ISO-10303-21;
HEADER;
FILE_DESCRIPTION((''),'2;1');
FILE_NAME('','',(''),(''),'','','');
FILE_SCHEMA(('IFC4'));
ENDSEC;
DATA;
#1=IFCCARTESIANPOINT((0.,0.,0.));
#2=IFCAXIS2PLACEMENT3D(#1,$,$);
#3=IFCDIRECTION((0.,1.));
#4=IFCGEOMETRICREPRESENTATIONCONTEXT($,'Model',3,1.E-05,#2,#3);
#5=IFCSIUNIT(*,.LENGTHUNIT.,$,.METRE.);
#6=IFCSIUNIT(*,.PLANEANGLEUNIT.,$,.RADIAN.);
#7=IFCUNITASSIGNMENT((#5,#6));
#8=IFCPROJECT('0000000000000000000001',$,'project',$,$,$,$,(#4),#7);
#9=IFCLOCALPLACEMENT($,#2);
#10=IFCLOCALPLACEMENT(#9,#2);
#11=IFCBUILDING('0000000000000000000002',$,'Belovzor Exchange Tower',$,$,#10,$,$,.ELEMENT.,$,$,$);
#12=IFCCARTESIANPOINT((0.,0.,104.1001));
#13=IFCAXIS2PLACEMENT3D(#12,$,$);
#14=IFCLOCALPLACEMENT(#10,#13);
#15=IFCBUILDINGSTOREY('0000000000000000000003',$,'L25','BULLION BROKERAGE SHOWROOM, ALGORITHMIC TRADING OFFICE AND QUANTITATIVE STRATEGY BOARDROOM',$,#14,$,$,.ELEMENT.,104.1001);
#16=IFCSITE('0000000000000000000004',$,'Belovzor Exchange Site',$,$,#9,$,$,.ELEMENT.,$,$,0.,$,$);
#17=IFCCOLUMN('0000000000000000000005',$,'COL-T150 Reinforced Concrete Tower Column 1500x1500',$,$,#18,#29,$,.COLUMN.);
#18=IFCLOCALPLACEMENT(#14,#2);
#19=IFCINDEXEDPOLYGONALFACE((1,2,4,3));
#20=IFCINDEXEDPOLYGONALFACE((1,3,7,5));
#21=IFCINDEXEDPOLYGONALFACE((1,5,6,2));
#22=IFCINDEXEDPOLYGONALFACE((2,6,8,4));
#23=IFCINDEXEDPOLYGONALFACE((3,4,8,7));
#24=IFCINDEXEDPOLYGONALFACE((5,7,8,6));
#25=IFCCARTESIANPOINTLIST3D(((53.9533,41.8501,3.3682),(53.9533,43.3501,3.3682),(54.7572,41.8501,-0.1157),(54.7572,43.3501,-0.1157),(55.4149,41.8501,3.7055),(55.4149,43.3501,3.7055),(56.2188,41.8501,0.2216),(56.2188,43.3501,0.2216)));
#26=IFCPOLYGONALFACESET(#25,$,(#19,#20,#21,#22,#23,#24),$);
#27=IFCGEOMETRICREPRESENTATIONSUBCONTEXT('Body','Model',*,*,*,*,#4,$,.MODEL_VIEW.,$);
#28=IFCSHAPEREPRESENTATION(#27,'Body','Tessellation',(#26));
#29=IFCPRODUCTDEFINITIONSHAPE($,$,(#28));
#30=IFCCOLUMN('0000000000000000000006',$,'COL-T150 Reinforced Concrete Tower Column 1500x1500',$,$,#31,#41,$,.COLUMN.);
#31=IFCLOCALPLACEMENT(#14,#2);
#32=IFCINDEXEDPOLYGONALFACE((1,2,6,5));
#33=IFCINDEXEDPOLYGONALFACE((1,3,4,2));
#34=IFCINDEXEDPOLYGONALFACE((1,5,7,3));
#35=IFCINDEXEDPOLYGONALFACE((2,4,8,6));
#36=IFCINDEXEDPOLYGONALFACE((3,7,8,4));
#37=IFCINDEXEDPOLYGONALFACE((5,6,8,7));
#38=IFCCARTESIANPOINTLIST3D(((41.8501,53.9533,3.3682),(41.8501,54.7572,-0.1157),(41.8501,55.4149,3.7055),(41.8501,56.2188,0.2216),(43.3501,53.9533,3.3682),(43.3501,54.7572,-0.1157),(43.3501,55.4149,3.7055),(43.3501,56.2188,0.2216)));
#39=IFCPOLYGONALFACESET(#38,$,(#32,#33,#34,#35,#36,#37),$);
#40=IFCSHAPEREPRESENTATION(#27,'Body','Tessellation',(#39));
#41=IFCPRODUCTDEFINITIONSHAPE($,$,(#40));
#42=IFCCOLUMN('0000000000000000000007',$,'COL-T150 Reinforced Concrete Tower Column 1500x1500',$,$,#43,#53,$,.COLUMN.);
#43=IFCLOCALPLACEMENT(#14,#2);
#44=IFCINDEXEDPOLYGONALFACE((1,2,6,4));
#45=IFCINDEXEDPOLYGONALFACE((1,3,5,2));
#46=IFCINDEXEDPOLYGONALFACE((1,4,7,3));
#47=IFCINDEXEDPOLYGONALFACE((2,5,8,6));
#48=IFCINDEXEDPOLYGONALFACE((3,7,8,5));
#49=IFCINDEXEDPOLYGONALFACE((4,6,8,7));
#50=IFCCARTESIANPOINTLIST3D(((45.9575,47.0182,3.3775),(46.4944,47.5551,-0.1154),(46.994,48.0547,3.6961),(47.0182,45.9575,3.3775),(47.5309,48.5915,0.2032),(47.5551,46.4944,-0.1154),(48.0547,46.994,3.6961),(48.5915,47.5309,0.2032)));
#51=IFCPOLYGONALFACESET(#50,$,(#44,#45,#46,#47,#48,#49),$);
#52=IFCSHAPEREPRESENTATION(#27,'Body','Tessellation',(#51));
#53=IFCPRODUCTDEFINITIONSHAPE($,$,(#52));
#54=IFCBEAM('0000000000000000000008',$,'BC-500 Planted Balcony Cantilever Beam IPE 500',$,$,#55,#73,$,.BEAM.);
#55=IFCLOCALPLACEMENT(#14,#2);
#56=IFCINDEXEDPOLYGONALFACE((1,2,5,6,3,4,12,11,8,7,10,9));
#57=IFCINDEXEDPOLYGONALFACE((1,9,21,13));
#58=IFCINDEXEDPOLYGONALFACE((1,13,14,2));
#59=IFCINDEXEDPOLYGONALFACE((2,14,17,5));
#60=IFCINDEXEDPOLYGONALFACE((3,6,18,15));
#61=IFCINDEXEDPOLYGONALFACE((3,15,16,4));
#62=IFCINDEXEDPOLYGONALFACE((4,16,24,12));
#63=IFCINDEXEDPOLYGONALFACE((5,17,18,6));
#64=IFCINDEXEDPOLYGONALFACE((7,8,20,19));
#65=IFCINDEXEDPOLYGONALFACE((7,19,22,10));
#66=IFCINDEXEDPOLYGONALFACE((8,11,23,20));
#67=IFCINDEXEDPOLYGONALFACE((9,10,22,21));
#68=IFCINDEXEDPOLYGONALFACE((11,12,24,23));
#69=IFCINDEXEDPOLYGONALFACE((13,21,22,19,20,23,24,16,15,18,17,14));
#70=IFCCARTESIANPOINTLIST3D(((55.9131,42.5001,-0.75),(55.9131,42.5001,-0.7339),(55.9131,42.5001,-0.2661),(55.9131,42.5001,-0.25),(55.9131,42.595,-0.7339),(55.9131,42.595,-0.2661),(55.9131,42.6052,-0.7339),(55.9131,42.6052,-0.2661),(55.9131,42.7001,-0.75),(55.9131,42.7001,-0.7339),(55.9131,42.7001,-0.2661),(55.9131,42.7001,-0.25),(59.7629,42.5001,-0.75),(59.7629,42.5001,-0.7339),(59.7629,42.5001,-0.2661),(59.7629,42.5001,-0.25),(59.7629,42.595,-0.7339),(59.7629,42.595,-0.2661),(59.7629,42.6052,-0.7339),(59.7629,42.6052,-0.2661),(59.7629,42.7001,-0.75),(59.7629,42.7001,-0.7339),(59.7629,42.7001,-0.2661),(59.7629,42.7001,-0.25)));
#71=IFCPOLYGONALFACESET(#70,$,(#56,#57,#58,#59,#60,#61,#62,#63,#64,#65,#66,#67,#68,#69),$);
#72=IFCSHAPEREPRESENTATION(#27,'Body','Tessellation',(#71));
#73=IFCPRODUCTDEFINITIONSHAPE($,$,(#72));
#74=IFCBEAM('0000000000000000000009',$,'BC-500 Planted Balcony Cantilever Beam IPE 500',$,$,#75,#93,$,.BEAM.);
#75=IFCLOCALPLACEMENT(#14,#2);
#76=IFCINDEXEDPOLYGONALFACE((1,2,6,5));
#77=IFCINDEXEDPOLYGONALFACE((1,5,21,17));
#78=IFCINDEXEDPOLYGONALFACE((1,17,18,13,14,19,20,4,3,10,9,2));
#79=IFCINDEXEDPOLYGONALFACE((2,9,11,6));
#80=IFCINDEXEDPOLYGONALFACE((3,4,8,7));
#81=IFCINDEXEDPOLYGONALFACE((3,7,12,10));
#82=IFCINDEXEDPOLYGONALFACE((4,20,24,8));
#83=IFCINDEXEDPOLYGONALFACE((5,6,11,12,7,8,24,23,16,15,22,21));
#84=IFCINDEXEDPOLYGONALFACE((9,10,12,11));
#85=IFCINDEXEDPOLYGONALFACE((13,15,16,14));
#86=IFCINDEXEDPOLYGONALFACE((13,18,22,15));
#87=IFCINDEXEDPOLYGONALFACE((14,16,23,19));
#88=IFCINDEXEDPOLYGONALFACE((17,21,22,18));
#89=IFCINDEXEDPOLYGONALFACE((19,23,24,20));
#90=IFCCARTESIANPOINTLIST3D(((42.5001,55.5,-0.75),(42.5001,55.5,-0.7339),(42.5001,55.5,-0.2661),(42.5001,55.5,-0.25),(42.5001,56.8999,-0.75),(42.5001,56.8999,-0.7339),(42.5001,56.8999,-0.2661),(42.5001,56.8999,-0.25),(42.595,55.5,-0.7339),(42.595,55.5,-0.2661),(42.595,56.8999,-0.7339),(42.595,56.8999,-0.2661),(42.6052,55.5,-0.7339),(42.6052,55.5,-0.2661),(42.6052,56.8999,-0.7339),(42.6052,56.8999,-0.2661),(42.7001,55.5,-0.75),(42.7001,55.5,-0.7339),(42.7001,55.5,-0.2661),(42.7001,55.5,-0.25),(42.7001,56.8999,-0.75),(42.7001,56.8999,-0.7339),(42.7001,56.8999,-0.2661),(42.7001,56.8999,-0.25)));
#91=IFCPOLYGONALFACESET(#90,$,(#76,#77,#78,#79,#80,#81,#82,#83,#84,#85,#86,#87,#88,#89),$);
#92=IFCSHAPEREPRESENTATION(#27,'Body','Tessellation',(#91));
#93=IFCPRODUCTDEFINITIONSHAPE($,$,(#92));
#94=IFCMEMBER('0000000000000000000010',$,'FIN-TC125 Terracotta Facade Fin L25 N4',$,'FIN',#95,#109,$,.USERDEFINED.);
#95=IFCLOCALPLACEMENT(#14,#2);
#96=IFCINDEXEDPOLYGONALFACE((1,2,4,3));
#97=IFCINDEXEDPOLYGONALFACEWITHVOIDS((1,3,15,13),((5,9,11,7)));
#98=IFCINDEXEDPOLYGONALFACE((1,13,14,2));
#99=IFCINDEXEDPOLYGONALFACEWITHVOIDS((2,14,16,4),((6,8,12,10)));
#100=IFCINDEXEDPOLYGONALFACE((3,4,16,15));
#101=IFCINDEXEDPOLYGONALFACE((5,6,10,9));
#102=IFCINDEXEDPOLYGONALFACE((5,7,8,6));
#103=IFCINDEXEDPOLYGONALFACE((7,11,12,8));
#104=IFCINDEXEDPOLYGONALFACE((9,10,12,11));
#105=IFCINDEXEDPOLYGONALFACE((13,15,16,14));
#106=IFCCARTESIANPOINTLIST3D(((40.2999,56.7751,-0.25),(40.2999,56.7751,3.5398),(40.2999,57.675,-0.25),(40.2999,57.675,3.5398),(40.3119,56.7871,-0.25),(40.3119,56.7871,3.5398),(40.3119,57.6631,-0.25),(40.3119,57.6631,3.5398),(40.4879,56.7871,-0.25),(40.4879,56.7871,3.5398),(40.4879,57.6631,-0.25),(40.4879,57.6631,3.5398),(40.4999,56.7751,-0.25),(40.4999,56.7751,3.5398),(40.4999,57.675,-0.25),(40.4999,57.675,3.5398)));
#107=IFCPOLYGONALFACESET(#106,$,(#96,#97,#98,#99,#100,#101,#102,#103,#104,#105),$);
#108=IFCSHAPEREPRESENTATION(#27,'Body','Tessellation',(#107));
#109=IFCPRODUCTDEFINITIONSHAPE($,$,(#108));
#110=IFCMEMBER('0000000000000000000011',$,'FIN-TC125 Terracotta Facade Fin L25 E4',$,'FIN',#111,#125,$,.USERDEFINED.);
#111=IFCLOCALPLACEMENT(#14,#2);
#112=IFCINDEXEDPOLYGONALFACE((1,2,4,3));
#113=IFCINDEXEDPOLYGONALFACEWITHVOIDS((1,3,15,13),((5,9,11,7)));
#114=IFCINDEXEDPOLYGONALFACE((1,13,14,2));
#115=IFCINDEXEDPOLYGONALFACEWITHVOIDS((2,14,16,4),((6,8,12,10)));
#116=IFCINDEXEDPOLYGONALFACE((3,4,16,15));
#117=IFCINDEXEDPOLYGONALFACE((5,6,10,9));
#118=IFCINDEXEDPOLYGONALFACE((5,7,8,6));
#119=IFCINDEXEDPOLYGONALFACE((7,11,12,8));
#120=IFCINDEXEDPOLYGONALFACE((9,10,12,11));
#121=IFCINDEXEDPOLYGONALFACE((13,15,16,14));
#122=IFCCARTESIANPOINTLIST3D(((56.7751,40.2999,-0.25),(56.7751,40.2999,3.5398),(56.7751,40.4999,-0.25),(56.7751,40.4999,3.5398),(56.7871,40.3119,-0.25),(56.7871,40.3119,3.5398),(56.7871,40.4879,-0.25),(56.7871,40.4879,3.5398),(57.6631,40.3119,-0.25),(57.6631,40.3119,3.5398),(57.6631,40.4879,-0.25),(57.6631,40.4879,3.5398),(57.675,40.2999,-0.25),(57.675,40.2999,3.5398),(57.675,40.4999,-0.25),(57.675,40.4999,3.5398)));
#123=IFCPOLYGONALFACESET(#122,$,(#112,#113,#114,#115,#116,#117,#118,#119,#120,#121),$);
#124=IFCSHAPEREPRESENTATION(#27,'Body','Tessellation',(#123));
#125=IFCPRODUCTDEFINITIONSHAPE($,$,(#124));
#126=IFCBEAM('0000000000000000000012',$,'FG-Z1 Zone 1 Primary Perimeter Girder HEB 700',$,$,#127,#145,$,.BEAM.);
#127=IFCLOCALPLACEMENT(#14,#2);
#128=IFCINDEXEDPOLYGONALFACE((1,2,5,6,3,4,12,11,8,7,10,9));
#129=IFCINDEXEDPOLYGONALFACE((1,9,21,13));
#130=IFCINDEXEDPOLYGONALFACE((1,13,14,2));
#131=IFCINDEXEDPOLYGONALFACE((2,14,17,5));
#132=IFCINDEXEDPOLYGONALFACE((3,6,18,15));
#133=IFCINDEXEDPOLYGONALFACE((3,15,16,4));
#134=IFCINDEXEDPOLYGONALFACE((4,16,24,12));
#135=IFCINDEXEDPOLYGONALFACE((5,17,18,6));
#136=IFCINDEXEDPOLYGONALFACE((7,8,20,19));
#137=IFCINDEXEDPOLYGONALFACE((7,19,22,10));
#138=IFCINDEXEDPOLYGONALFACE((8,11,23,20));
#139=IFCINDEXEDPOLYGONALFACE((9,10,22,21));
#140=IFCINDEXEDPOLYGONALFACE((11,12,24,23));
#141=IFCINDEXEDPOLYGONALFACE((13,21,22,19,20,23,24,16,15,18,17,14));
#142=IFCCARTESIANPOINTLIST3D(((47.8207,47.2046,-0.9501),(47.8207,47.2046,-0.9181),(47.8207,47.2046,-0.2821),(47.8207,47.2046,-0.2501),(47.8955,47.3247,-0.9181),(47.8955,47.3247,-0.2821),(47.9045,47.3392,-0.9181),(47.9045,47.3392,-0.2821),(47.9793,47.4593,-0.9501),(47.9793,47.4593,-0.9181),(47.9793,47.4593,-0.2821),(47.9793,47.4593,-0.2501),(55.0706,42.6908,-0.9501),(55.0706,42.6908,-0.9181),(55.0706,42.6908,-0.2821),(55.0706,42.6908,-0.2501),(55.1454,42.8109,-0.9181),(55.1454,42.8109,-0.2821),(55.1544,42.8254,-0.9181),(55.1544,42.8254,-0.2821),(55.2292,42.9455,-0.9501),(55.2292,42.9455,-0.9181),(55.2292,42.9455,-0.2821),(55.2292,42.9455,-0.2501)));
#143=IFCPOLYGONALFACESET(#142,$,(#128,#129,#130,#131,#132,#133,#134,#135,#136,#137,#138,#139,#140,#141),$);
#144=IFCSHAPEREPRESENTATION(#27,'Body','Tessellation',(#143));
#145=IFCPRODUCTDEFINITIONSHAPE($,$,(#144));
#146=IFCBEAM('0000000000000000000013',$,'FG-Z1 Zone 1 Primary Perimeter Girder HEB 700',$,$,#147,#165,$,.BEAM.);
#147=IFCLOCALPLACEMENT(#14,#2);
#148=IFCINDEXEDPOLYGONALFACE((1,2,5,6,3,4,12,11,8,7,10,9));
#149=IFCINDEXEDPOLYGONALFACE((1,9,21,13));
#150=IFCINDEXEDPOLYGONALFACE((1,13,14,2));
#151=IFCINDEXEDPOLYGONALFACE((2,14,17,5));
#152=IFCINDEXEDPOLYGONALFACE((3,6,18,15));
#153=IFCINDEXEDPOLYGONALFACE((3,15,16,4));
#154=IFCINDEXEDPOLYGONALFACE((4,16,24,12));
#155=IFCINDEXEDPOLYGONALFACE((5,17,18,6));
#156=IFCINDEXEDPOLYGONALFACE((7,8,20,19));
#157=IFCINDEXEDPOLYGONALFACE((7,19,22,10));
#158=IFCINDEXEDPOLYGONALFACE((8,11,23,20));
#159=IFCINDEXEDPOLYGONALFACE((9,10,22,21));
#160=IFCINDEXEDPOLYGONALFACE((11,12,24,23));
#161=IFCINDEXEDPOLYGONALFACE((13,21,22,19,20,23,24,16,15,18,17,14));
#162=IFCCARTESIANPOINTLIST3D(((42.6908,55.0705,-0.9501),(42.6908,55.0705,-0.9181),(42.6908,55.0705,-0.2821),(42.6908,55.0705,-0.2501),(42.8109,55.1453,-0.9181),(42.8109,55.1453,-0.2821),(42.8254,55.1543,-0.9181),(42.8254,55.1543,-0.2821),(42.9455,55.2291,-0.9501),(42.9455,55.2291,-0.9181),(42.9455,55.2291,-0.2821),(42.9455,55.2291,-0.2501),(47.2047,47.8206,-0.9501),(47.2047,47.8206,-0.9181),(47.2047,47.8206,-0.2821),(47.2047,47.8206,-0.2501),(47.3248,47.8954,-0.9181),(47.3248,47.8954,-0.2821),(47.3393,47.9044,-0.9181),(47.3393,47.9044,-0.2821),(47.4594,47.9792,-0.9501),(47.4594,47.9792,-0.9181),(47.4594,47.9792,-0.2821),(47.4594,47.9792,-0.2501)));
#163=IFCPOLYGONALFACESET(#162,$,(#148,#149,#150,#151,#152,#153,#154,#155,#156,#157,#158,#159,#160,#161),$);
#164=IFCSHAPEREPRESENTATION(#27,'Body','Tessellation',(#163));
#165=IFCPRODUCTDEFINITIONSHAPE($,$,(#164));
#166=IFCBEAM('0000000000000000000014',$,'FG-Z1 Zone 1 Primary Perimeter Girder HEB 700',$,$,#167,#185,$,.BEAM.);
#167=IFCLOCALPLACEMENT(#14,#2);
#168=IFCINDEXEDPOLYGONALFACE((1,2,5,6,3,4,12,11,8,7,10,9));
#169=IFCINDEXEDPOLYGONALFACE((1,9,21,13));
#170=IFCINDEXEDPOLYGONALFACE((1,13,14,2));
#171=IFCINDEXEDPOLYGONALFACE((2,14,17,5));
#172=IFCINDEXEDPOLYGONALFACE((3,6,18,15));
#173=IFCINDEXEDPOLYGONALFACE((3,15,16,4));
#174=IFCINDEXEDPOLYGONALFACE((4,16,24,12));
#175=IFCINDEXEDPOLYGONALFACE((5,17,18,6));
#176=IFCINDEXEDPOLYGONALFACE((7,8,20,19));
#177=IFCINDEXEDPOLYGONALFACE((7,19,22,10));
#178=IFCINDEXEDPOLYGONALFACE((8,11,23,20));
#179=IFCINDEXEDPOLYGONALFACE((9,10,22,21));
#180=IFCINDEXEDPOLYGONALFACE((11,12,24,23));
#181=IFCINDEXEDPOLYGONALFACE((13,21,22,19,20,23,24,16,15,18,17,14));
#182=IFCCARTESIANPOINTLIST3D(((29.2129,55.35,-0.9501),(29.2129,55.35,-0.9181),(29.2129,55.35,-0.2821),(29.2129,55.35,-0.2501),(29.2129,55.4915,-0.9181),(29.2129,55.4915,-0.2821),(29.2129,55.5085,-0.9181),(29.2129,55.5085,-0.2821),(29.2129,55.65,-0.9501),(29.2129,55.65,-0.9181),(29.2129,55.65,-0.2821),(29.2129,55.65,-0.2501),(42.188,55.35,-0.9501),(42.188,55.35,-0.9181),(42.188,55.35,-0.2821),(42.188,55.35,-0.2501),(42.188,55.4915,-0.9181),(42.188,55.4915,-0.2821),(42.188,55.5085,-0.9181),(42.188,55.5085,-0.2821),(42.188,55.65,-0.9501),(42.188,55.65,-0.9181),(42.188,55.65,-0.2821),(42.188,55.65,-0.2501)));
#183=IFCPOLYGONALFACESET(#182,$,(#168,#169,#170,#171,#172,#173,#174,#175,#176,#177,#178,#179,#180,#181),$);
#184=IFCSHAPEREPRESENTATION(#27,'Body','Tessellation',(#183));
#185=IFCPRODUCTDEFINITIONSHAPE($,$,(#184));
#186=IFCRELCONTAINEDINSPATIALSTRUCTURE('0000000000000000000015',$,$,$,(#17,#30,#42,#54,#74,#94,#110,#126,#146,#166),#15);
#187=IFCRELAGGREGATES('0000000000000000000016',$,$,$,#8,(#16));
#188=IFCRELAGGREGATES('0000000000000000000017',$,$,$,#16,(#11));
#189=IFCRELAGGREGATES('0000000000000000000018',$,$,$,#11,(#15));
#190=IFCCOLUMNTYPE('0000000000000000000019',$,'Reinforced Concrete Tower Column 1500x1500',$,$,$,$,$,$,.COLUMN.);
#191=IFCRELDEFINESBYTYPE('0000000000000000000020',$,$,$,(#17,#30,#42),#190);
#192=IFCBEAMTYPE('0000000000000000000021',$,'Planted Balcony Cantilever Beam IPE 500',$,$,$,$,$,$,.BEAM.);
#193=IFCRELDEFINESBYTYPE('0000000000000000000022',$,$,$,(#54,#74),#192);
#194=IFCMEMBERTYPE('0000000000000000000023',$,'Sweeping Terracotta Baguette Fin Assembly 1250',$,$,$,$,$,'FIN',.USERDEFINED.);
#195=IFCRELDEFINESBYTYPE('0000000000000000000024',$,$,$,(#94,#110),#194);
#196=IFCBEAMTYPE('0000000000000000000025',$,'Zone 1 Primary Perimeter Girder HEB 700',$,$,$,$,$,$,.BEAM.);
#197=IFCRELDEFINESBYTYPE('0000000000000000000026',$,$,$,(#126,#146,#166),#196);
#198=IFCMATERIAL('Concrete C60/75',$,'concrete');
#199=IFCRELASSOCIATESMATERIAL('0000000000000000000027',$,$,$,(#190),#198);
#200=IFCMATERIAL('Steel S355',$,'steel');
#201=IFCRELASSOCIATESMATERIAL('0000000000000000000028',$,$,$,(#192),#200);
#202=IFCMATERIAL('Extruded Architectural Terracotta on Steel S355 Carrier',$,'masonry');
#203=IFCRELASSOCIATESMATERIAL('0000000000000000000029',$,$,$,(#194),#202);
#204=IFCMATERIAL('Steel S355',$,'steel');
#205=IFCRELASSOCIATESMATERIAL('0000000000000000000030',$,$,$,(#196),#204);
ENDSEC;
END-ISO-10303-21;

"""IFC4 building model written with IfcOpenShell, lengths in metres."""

from ifc_helpers import new_model, si_unit, direction, frame, origin, origin_2d, place, context, subcontext, project, spatial, rectangle, hollow_rectangle, i_section, extrude, material, material_profile, profile_set, type_object, element, save


model = new_model("IFC4")

# Units and contexts
model_context = context("Model", 3, precision=1e-05, world=origin(), true_north=direction((0.0, 1.0)))
body_context = subcontext(model_context, "Body", "Model", "MODEL_VIEW")
ifc_project = project(units=[si_unit("LENGTHUNIT", "METRE"), si_unit("PLANEANGLEUNIT", "RADIAN")], contexts=[model_context])

# Site, building, storey
site_placement = place(None, origin())
site = spatial("IfcSite", under=ifc_project, at=site_placement, Name="Belovzor Exchange Site", CompositionType="ELEMENT", RefElevation=0.0)
building_placement = place(site_placement, origin())
building = spatial("IfcBuilding", under=site, at=building_placement, Name="Belovzor Exchange Tower", CompositionType="ELEMENT")
storey_placement = place(building_placement, frame((0.0, 0.0, 104.1001)))
storey = spatial("IfcBuildingStorey", under=building, at=storey_placement, Name="L25", Description="BULLION BROKERAGE SHOWROOM, ALGORITHMIC TRADING OFFICE AND QUANTITATIVE STRATEGY BOARDROOM", CompositionType="ELEMENT", Elevation=104.1001)

# Columns
ifc_material_1 = material(Name="Concrete C60/75", Category="concrete")
ifc_material_profile_1 = material_profile(ifc_material_1, rectangle(XDim=1.5, YDim=1.5, at=origin_2d()))
ifc_profile_set_1 = profile_set([ifc_material_profile_1], Name="Concrete C60/75")
column_type = type_object("IfcColumnType", Name="Reinforced Concrete Tower Column 1500x1500", PredefinedType="COLUMN", material=ifc_profile_set_1)
for number, where, z_axis, x_axis, name in (
    (1, (55.488, 42.6001, 0.053), (-0.224855, 0.0, 0.974392), (0.0, -1.0, 0.0), "COL-T150 Reinforced Concrete Tower Column 1500x1500"),
    (2, (42.6001, 55.488, 0.053), (0.0, -0.224855, 0.974392), (1.0, 0.0, 0.0), "COL-T150 Reinforced Concrete Tower Column 1500x1500"),
):
    element("IfcColumn", number, at=place(storey_placement, frame(where, z_axis=z_axis, x_axis=x_axis)), inside=storey, type_object=column_type, Name=name, PredefinedType="COLUMN", context=body_context, shape_type="SweptSolid", body=[
        extrude(rectangle(XDim=1.5, YDim=1.5, at=origin_2d()), origin(), (0.0, 0.0, 1.0), 3.5754),
    ])
column_placement = place(storey_placement, frame((47.543, 47.543, 0.0439), z_axis=(-0.150194, -0.150194, 0.977181), x_axis=(0.707107, -0.707107, 0.0)))
element("IfcColumn", 3, at=column_placement, inside=storey, type_object=column_type, Name="COL-T150 Reinforced Concrete Tower Column 1500x1500", PredefinedType="COLUMN", context=body_context, shape_type="SweptSolid", body=[
    extrude(rectangle(XDim=1.5, YDim=1.5, at=origin_2d()), origin(), (0.0, 0.0, 1.0), 3.5745),
])

# Beams
ifc_material_2 = material(Name="Steel S355", Category="steel")
ifc_material_profile_2 = material_profile(ifc_material_2, i_section(OverallWidth=0.2, OverallDepth=0.5, WebThickness=0.0103, FlangeThickness=0.0161, at=origin_2d()))
ifc_profile_set_2 = profile_set([ifc_material_profile_2], Name="Steel S355")
beam_type_1 = type_object("IfcBeamType", Name="Planted Balcony Cantilever Beam IPE 500", PredefinedType="BEAM", material=ifc_profile_set_2)
beam_1_placement = place(storey_placement, frame((55.9131, 42.6001, -0.5), z_axis=(1.0, 0.0, 0.0), x_axis=(0.0, 1.0, 0.0)))
element("IfcBeam", 4, at=beam_1_placement, inside=storey, type_object=beam_type_1, Name="BC-500 Planted Balcony Cantilever Beam IPE 500", PredefinedType="BEAM", context=body_context, shape_type="SweptSolid", body=[
    extrude(i_section(OverallWidth=0.2, OverallDepth=0.5, WebThickness=0.0103, FlangeThickness=0.0161, at=origin_2d()), origin(), (0.0, 0.0, 1.0), 3.8499),
])
beam_2_placement = place(storey_placement, frame((42.6001, 55.5, -0.5), z_axis=(0.0, 1.0, 0.0), x_axis=(-1.0, 0.0, 0.0)))
element("IfcBeam", 5, at=beam_2_placement, inside=storey, type_object=beam_type_1, Name="BC-500 Planted Balcony Cantilever Beam IPE 500", PredefinedType="BEAM", context=body_context, shape_type="SweptSolid", body=[
    extrude(i_section(OverallWidth=0.2, OverallDepth=0.5, WebThickness=0.0103, FlangeThickness=0.0161, at=origin_2d()), origin(), (0.0, 0.0, 1.0), 1.3999),
])

# Members
ifc_material_3 = material(Name="Extruded Architectural Terracotta on Steel S355 Carrier", Category="masonry")
ifc_material_profile_3 = material_profile(ifc_material_3, hollow_rectangle(XDim=0.2, YDim=0.8999, WallThickness=0.012, at=origin_2d()))
ifc_profile_set_3 = profile_set([ifc_material_profile_3], Name="Extruded Architectural Terracotta on Steel S355 Carrier")
member_type = type_object("IfcMemberType", Name="Sweeping Terracotta Baguette Fin Assembly 1250", ElementType="FIN", PredefinedType="USERDEFINED", material=ifc_profile_set_3)
for number, where, z_axis, x_axis, name in (
    (6, (40.3999, 57.2251, -0.25), (0.0, 0.0, 1.0), (1.0, 0.0, 0.0), "FIN-TC125 Terracotta Facade Fin L25 N4"),
    (7, (57.2251, 40.3999, -0.25), (0.0, 0.0, 1.0), (0.0, 1.0, 0.0), "FIN-TC125 Terracotta Facade Fin L25 E4"),
):
    element("IfcMember", number, at=place(storey_placement, frame(where, z_axis=z_axis, x_axis=x_axis)), inside=storey, type_object=member_type, Name=name, ObjectType="FIN", PredefinedType="USERDEFINED", context=body_context, shape_type="SweptSolid", body=[
        extrude(hollow_rectangle(XDim=0.2, YDim=0.8999, WallThickness=0.012, at=origin_2d()), origin(), (0.0, 0.0, 1.0), 3.7898),
    ])

# Beams
ifc_material_4 = material(Name="Steel S355", Category="steel")
ifc_material_profile_4 = material_profile(ifc_material_4, i_section(OverallWidth=0.3, OverallDepth=0.7, WebThickness=0.0171, FlangeThickness=0.032, at=origin_2d()))
ifc_profile_set_4 = profile_set([ifc_material_profile_4], Name="Steel S355")
beam_type_2 = type_object("IfcBeamType", Name="Zone 1 Primary Perimeter Girder HEB 700", PredefinedType="BEAM", material=ifc_profile_set_4)
for number, where, z_axis, x_axis, name in (
    (8, (55.1499, 42.8181, -0.6001), (-0.848909, 0.528539, 0.0), (-0.528539, -0.848909, 0.0), "FG-Z1 Zone 1 Primary Perimeter Girder HEB 700"),
    (9, (47.332, 47.8999, -0.6001), (-0.528539, 0.848909, 0.0), (-0.848909, -0.528539, 0.0), "FG-Z1 Zone 1 Primary Perimeter Girder HEB 700"),
):
    element("IfcBeam", number, at=place(storey_placement, frame(where, z_axis=z_axis, x_axis=x_axis)), inside=storey, type_object=beam_type_2, Name=name, PredefinedType="BEAM", context=body_context, shape_type="SweptSolid", body=[
        extrude(i_section(OverallWidth=0.3, OverallDepth=0.7, WebThickness=0.0171, FlangeThickness=0.032, at=origin_2d()), origin(), (0.0, 0.0, 1.0), 8.5403),
    ])
beam_3_placement = place(storey_placement, frame((42.188, 55.5, -0.6001), z_axis=(-1.0, 0.0, 0.0), x_axis=(0.0, -1.0, 0.0)))
element("IfcBeam", 10, at=beam_3_placement, inside=storey, type_object=beam_type_2, Name="FG-Z1 Zone 1 Primary Perimeter Girder HEB 700", PredefinedType="BEAM", context=body_context, shape_type="SweptSolid", body=[
    extrude(i_section(OverallWidth=0.3, OverallDepth=0.7, WebThickness=0.0171, FlangeThickness=0.032, at=origin_2d()), origin(), (0.0, 0.0, 1.0), 12.9751),
])

save(model, "model.ifc")
